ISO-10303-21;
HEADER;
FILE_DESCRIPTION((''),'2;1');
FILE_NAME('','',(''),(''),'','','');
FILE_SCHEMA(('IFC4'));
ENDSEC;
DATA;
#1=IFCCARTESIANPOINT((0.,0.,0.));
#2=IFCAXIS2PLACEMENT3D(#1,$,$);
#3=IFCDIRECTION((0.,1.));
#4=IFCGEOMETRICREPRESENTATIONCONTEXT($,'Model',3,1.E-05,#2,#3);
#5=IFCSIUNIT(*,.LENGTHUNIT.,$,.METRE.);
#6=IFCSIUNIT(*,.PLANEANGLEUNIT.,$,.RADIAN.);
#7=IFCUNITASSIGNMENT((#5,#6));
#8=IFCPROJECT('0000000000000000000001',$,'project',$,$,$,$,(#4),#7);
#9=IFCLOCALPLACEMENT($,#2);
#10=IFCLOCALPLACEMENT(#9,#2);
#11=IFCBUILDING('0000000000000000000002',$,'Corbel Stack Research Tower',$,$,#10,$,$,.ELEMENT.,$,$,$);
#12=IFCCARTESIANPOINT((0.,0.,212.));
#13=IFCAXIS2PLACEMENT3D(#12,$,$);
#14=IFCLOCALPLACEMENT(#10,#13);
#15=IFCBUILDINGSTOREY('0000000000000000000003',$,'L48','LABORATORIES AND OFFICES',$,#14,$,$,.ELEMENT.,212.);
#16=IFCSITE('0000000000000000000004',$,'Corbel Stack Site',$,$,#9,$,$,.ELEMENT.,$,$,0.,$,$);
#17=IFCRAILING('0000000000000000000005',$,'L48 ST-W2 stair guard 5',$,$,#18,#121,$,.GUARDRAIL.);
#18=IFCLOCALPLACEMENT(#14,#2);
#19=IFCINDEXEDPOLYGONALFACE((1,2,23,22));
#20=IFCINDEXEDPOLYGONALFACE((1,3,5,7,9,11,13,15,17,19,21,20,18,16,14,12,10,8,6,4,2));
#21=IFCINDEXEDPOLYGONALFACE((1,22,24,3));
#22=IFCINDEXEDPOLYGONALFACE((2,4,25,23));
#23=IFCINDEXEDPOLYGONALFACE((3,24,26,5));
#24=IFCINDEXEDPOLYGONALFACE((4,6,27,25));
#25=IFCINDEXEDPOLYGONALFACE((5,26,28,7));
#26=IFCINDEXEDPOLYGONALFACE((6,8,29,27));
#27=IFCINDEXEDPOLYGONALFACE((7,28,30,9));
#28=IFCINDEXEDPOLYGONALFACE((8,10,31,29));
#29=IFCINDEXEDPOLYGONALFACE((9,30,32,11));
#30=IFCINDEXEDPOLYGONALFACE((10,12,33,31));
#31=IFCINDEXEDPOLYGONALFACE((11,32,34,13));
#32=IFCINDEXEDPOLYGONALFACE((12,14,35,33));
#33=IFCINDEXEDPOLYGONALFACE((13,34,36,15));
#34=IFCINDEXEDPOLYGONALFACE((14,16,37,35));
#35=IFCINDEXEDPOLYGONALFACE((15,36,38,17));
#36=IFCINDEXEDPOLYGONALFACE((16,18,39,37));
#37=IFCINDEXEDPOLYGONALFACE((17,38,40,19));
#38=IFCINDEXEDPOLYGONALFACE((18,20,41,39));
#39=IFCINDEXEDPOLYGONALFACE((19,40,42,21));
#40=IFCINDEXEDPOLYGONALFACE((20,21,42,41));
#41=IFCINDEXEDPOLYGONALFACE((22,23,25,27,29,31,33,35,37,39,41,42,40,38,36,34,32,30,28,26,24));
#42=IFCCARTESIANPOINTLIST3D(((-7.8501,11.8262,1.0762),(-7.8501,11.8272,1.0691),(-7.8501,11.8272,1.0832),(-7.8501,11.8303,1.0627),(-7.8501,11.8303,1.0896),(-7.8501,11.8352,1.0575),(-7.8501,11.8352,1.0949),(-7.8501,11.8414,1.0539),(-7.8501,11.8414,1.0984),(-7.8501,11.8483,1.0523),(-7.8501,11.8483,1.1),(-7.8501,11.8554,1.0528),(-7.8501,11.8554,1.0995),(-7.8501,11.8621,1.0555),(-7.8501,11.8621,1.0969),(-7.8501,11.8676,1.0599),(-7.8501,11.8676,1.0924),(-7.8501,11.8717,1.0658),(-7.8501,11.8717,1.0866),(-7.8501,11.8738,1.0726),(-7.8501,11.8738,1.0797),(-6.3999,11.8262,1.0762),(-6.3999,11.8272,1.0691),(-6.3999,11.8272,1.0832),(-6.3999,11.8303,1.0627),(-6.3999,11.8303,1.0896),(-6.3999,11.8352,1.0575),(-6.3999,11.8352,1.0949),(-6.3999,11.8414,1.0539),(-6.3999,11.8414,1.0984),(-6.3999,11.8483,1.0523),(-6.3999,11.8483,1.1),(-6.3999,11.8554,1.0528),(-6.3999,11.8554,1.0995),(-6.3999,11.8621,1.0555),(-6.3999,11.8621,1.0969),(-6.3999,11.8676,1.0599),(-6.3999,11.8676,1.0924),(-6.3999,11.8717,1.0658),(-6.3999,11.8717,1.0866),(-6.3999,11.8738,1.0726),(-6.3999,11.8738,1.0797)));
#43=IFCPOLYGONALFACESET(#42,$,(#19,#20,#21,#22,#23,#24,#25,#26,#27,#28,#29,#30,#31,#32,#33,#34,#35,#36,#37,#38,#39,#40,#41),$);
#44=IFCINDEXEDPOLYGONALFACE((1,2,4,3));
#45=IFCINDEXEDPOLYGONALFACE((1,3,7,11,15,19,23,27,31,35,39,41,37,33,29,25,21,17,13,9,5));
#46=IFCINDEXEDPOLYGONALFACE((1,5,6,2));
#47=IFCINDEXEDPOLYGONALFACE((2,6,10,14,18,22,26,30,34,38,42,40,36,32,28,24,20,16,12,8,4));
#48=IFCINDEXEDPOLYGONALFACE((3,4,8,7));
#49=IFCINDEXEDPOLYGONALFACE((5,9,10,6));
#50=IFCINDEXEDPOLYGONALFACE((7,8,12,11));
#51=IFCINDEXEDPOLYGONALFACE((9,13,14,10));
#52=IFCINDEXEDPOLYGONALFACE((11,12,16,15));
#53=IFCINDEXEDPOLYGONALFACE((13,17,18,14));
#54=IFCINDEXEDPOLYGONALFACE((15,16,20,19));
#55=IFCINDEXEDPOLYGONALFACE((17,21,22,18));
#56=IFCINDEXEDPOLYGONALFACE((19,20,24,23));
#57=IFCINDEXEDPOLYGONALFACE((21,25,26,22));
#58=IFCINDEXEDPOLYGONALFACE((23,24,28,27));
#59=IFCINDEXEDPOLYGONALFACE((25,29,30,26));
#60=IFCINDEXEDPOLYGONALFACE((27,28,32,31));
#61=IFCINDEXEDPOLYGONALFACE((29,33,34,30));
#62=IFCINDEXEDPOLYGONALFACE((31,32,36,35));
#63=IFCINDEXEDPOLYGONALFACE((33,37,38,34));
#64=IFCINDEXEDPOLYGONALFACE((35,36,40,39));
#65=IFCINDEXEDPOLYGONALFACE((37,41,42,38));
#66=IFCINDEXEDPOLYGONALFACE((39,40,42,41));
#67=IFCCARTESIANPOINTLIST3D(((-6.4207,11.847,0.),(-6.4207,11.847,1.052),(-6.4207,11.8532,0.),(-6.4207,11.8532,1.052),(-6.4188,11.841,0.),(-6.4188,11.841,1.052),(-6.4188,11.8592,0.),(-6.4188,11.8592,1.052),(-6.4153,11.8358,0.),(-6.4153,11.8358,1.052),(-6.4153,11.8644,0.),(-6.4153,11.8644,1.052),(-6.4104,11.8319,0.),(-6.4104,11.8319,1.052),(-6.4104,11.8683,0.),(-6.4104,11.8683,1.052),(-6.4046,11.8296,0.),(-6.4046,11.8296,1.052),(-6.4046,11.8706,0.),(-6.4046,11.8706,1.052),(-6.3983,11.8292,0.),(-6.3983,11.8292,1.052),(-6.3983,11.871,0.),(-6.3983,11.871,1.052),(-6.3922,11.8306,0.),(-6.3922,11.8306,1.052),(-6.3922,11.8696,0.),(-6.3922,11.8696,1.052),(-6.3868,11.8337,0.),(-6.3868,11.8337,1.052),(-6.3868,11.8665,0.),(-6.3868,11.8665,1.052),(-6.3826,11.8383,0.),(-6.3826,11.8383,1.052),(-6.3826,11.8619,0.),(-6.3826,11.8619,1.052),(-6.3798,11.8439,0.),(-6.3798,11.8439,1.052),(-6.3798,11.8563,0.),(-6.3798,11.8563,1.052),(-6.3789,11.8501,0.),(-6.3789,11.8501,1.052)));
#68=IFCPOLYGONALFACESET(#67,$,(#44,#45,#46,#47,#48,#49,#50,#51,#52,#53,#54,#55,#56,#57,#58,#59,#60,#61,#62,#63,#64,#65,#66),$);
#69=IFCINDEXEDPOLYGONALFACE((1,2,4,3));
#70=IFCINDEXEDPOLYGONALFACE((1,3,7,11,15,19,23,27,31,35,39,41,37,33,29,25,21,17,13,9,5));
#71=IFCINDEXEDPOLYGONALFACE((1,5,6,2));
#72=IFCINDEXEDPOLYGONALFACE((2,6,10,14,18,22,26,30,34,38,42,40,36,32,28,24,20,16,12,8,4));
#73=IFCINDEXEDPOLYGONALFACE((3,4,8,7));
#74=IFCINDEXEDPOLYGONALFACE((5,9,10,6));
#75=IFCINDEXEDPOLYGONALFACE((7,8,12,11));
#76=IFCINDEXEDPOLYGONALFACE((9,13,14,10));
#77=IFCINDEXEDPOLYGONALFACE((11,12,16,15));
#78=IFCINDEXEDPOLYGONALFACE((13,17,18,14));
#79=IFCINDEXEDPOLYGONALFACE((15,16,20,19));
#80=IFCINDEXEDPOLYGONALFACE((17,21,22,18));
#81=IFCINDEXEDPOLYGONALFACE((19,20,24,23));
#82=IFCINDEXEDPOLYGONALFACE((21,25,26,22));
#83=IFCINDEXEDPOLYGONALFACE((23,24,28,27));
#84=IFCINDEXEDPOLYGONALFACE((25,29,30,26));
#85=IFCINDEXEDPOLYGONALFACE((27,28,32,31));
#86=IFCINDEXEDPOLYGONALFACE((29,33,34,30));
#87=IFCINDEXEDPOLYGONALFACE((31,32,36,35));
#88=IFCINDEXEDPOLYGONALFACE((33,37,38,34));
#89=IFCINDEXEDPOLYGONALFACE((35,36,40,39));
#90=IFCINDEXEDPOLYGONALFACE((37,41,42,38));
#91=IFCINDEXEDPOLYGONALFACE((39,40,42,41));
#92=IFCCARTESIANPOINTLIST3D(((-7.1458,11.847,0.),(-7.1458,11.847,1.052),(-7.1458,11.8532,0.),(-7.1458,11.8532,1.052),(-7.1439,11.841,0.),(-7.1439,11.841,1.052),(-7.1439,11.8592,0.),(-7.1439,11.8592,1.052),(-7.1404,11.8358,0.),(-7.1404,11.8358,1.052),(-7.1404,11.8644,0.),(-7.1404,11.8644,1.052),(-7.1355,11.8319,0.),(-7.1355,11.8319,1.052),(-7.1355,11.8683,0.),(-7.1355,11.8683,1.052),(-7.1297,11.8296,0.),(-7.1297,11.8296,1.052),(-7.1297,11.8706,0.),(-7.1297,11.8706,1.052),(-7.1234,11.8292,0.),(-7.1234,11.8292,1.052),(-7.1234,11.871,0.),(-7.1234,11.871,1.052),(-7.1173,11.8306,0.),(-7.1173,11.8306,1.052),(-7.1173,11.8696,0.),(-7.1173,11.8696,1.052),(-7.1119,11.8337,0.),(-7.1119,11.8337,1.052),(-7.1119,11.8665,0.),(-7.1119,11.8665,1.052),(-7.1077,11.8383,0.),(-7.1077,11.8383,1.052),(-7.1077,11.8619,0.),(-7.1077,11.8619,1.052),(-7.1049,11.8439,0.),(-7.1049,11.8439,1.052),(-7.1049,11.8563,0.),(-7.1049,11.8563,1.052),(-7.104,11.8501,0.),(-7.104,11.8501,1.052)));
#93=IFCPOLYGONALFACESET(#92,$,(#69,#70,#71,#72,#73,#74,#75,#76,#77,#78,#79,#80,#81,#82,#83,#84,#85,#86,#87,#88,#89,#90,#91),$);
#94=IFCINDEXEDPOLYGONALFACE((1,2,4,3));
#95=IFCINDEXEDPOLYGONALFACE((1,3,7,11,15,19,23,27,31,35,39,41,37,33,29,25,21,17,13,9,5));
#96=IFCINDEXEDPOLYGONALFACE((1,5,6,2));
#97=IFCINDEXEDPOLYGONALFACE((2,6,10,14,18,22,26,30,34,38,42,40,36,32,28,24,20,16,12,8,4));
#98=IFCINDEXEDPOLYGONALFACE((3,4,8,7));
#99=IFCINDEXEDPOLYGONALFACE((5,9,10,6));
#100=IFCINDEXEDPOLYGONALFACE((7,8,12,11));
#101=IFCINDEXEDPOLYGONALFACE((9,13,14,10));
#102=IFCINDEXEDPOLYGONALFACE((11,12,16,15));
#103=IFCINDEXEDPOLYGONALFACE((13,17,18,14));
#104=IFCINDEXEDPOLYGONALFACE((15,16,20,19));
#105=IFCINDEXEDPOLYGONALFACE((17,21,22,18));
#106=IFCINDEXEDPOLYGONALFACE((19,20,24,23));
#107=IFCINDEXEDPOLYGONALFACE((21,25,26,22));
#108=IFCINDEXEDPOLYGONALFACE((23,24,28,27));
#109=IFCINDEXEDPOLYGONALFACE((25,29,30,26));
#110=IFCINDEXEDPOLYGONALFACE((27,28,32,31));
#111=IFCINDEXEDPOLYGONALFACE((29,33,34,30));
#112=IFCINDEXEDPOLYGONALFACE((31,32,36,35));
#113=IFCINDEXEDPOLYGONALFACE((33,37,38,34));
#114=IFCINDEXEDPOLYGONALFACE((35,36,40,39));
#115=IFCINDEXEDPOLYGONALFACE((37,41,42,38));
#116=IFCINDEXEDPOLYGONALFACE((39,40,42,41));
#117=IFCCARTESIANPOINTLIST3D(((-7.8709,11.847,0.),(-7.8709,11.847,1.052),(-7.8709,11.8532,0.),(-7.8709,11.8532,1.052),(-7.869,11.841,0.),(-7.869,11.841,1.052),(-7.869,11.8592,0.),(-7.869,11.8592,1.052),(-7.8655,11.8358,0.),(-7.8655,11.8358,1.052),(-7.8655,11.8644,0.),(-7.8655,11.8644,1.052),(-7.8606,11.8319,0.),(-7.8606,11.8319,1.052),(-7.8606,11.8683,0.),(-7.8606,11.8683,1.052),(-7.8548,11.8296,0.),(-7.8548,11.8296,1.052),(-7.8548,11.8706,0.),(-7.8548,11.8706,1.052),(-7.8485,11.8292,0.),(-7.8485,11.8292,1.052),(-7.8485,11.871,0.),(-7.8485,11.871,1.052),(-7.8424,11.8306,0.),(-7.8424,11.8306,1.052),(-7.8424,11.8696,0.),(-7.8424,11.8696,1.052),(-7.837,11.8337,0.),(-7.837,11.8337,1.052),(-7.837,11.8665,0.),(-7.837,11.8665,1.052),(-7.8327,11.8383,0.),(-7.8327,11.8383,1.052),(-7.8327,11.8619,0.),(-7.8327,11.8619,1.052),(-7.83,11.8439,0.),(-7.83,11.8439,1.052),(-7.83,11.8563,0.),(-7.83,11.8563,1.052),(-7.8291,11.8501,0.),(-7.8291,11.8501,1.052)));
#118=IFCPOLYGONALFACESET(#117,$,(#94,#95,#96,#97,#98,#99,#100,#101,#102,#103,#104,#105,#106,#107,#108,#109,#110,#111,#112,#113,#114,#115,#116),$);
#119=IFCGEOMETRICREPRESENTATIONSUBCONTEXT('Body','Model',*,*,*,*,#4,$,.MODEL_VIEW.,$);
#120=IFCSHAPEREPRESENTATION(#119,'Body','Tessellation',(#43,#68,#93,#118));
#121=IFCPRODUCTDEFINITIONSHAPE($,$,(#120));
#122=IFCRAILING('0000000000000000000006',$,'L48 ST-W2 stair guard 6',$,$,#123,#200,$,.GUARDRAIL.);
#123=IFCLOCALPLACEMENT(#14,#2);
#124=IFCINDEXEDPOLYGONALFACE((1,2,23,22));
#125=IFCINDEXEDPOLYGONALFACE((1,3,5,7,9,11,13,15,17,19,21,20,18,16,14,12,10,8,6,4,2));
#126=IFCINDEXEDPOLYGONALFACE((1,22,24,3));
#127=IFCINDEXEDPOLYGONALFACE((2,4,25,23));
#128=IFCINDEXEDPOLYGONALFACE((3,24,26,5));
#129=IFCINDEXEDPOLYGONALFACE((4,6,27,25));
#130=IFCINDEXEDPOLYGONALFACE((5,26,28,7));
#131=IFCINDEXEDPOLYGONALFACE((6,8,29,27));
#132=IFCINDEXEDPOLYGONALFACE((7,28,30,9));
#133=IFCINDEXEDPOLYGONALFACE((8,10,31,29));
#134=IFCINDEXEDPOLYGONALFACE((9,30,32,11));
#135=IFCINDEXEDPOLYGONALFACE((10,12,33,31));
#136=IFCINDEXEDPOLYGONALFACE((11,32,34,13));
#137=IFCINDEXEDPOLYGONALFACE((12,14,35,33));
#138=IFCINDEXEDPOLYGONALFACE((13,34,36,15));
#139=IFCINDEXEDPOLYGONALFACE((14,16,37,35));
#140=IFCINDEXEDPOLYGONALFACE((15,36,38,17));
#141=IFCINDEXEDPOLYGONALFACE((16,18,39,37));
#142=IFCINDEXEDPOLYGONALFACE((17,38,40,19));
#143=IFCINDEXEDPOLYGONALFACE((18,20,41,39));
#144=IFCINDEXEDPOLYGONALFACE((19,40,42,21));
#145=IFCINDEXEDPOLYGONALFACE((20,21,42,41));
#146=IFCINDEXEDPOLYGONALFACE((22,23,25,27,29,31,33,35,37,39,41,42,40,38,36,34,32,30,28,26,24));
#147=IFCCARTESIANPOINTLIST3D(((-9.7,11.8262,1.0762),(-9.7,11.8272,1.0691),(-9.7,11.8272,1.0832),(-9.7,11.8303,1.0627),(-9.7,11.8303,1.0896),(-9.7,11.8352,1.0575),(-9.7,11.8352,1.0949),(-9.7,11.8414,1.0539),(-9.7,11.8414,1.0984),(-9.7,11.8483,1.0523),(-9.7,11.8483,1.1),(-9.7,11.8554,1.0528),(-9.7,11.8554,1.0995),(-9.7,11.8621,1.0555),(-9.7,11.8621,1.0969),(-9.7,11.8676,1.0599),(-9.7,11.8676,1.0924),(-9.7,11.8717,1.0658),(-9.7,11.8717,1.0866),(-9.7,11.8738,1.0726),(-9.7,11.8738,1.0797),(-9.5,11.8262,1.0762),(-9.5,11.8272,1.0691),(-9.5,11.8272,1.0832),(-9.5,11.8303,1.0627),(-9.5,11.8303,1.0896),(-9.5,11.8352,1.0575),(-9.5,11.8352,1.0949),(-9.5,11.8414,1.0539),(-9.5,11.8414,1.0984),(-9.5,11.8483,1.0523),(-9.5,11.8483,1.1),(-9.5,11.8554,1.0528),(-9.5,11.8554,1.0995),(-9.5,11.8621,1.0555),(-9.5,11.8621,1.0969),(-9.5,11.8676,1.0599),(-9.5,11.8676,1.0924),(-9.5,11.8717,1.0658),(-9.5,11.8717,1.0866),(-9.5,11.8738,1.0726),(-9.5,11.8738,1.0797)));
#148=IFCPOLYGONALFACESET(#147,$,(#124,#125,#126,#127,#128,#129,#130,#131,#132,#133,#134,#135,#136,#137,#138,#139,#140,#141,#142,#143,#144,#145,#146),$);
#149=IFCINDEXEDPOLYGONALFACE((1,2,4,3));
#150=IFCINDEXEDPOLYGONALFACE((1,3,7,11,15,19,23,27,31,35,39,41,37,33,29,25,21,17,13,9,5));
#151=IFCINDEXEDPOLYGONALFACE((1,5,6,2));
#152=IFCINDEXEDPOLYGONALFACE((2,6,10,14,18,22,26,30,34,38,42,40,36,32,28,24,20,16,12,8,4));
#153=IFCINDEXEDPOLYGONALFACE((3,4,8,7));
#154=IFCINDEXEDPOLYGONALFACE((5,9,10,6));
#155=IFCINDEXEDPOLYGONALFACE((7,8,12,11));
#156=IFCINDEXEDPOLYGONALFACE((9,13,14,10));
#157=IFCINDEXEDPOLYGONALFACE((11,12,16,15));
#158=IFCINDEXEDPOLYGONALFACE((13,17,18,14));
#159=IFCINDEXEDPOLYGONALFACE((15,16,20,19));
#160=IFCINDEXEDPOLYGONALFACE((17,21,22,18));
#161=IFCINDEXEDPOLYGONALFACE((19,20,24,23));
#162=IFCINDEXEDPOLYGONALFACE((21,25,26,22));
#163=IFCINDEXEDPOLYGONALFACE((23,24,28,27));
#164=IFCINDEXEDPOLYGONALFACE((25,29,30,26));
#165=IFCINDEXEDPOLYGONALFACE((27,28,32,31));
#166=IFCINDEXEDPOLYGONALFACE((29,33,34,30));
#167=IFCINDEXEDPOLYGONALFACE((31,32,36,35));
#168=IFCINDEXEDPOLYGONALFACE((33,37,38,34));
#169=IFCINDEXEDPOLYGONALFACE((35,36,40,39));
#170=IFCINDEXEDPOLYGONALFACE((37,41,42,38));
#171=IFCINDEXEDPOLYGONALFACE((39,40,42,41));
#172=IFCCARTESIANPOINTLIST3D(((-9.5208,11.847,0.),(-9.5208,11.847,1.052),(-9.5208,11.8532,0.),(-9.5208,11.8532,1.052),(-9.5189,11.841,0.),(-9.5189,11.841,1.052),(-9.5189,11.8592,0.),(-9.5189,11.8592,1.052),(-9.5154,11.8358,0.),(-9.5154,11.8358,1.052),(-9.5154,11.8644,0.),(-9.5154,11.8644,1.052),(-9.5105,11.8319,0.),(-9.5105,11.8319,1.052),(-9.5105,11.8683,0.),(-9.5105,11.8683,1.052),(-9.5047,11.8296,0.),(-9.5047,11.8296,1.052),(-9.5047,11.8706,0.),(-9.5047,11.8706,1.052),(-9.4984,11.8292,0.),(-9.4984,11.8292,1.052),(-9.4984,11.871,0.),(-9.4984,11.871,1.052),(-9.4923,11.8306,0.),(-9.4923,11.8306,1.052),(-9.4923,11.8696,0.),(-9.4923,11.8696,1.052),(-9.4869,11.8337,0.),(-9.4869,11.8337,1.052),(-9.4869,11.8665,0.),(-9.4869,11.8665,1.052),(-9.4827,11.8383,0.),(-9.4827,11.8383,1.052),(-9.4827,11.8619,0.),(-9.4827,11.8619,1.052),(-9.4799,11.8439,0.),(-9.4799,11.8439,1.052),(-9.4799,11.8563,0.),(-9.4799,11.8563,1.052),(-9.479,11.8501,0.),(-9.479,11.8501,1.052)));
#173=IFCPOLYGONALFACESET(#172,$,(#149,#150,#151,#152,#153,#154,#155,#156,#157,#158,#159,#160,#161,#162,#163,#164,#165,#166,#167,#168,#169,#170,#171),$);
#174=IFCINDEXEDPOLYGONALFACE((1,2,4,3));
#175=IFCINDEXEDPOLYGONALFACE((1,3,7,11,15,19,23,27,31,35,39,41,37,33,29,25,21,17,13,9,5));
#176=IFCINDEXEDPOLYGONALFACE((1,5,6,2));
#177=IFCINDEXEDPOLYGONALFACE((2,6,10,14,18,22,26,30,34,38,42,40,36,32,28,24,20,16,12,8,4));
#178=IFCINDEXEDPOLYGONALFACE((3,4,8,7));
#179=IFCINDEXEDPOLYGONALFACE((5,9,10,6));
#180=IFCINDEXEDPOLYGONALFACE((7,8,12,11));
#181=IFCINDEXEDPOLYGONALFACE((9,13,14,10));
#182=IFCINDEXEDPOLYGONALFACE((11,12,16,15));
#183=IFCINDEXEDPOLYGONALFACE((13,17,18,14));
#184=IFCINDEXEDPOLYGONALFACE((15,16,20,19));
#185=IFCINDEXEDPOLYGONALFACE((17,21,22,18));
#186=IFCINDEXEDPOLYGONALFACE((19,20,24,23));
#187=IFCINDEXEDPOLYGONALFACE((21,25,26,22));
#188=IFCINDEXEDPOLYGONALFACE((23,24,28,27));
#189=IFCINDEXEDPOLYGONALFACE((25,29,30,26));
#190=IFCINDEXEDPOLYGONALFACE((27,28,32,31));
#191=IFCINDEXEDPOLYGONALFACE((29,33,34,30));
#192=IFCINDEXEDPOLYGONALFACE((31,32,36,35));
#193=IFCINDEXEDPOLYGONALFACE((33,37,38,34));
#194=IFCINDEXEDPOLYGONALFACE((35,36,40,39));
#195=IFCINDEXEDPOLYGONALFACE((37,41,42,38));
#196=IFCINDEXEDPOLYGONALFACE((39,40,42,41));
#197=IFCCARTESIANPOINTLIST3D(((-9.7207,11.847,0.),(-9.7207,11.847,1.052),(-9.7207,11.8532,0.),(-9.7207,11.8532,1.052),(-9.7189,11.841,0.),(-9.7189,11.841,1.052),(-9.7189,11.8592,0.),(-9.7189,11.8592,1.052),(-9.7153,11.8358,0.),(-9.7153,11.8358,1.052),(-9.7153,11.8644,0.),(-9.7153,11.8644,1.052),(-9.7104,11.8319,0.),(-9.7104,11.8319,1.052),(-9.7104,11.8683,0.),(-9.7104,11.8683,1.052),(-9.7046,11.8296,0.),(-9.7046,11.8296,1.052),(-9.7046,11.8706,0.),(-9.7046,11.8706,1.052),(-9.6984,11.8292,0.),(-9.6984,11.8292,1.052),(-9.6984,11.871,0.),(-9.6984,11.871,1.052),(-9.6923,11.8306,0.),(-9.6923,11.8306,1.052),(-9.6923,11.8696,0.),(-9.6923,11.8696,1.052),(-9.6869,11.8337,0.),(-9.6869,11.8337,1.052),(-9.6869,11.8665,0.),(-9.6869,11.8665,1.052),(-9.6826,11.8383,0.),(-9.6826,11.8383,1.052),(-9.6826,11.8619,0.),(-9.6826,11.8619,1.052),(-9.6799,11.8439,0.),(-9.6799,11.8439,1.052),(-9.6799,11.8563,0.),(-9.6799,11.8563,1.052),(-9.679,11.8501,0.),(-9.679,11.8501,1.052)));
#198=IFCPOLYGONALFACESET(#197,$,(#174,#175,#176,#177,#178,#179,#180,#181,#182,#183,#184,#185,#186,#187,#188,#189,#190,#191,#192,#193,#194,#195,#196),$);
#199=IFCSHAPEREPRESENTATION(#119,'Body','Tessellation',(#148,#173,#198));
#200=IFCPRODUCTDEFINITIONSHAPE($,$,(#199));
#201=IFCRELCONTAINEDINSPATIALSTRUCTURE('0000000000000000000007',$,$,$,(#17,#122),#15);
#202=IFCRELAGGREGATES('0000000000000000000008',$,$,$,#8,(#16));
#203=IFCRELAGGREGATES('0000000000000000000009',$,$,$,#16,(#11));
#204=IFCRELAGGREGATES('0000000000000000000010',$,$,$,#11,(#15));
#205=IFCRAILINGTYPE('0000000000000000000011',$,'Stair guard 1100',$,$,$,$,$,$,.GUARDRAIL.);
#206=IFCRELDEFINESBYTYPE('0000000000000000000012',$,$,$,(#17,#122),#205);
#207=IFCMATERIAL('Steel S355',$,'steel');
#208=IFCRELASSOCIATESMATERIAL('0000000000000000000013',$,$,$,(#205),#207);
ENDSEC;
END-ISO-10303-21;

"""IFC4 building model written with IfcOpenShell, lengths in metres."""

from ifc_helpers import new_model, si_unit, direction, frame, origin, origin_2d, place, context, subcontext, project, spatial, circle, extrude, material, type_object, element, save


model = new_model("IFC4")

# Units and contexts
model_context = context("Model", 3, precision=1e-05, world=origin(), true_north=direction((0.0, 1.0)))
body_context = subcontext(model_context, "Body", "Model", "MODEL_VIEW")
ifc_project = project(units=[si_unit("LENGTHUNIT", "METRE"), si_unit("PLANEANGLEUNIT", "RADIAN")], contexts=[model_context])

# Site, building, storey
site_placement = place(None, origin())
site = spatial("IfcSite", under=ifc_project, at=site_placement, Name="Corbel Stack Site", CompositionType="ELEMENT", RefElevation=0.0)
building_placement = place(site_placement, origin())
building = spatial("IfcBuilding", under=site, at=building_placement, Name="Corbel Stack Research Tower", CompositionType="ELEMENT")
storey_placement = place(building_placement, frame((0.0, 0.0, 212.0)))
storey = spatial("IfcBuildingStorey", under=building, at=storey_placement, Name="L48", Description="LABORATORIES AND OFFICES", CompositionType="ELEMENT", Elevation=212.0)

# Railings
ifc_material_1 = material(Name="Steel S355", Category="steel")
railing_type_1 = type_object("IfcRailingType", Name="Stair guard 1100", PredefinedType="GUARDRAIL", material=ifc_material_1)
railing_1_placement = place(storey_placement, frame((-6.3999, 11.8501, 0.0)))
element("IfcRailing", 1, at=railing_1_placement, inside=storey, type_object=railing_type_1, Name="L48 ST-W2 stair guard 5", PredefinedType="GUARDRAIL", context=body_context, shape_type="SweptSolid", body=[
    extrude(circle(Radius=0.0239, at=origin_2d()), frame((0.0, 0.0, 1.0762), z_axis=(-1.0, 0.0, 0.0), x_axis=(0.0, -1.0, 0.0)), (0.0, 0.0, 1.0), 1.4502),
    extrude(circle(Radius=0.021, at=origin_2d()), origin(), (0.0, 0.0, 1.0), 1.052),
    extrude(circle(Radius=0.021, at=origin_2d()), frame((-0.7251, 0.0, 0.0)), (0.0, 0.0, 1.0), 1.052),
    extrude(circle(Radius=0.021, at=origin_2d()), frame((-1.4502, 0.0, 0.0)), (0.0, 0.0, 1.0), 1.052),
])
railing_2_placement = place(storey_placement, frame((-9.5, 11.8501, 0.0)))
element("IfcRailing", 2, at=railing_2_placement, inside=storey, type_object=railing_type_1, Name="L48 ST-W2 stair guard 6", PredefinedType="GUARDRAIL", context=body_context, shape_type="SweptSolid", body=[
    extrude(circle(Radius=0.0239, at=origin_2d()), frame((0.0, 0.0, 1.0762), z_axis=(-1.0, 0.0, 0.0), x_axis=(0.0, -1.0, 0.0)), (0.0, 0.0, 1.0), 0.2),
    extrude(circle(Radius=0.021, at=origin_2d()), origin(), (0.0, 0.0, 1.0), 1.052),
    extrude(circle(Radius=0.021, at=origin_2d()), frame((-0.2, 0.0, 0.0)), (0.0, 0.0, 1.0), 1.052),
])

save(model, "model.ifc")
